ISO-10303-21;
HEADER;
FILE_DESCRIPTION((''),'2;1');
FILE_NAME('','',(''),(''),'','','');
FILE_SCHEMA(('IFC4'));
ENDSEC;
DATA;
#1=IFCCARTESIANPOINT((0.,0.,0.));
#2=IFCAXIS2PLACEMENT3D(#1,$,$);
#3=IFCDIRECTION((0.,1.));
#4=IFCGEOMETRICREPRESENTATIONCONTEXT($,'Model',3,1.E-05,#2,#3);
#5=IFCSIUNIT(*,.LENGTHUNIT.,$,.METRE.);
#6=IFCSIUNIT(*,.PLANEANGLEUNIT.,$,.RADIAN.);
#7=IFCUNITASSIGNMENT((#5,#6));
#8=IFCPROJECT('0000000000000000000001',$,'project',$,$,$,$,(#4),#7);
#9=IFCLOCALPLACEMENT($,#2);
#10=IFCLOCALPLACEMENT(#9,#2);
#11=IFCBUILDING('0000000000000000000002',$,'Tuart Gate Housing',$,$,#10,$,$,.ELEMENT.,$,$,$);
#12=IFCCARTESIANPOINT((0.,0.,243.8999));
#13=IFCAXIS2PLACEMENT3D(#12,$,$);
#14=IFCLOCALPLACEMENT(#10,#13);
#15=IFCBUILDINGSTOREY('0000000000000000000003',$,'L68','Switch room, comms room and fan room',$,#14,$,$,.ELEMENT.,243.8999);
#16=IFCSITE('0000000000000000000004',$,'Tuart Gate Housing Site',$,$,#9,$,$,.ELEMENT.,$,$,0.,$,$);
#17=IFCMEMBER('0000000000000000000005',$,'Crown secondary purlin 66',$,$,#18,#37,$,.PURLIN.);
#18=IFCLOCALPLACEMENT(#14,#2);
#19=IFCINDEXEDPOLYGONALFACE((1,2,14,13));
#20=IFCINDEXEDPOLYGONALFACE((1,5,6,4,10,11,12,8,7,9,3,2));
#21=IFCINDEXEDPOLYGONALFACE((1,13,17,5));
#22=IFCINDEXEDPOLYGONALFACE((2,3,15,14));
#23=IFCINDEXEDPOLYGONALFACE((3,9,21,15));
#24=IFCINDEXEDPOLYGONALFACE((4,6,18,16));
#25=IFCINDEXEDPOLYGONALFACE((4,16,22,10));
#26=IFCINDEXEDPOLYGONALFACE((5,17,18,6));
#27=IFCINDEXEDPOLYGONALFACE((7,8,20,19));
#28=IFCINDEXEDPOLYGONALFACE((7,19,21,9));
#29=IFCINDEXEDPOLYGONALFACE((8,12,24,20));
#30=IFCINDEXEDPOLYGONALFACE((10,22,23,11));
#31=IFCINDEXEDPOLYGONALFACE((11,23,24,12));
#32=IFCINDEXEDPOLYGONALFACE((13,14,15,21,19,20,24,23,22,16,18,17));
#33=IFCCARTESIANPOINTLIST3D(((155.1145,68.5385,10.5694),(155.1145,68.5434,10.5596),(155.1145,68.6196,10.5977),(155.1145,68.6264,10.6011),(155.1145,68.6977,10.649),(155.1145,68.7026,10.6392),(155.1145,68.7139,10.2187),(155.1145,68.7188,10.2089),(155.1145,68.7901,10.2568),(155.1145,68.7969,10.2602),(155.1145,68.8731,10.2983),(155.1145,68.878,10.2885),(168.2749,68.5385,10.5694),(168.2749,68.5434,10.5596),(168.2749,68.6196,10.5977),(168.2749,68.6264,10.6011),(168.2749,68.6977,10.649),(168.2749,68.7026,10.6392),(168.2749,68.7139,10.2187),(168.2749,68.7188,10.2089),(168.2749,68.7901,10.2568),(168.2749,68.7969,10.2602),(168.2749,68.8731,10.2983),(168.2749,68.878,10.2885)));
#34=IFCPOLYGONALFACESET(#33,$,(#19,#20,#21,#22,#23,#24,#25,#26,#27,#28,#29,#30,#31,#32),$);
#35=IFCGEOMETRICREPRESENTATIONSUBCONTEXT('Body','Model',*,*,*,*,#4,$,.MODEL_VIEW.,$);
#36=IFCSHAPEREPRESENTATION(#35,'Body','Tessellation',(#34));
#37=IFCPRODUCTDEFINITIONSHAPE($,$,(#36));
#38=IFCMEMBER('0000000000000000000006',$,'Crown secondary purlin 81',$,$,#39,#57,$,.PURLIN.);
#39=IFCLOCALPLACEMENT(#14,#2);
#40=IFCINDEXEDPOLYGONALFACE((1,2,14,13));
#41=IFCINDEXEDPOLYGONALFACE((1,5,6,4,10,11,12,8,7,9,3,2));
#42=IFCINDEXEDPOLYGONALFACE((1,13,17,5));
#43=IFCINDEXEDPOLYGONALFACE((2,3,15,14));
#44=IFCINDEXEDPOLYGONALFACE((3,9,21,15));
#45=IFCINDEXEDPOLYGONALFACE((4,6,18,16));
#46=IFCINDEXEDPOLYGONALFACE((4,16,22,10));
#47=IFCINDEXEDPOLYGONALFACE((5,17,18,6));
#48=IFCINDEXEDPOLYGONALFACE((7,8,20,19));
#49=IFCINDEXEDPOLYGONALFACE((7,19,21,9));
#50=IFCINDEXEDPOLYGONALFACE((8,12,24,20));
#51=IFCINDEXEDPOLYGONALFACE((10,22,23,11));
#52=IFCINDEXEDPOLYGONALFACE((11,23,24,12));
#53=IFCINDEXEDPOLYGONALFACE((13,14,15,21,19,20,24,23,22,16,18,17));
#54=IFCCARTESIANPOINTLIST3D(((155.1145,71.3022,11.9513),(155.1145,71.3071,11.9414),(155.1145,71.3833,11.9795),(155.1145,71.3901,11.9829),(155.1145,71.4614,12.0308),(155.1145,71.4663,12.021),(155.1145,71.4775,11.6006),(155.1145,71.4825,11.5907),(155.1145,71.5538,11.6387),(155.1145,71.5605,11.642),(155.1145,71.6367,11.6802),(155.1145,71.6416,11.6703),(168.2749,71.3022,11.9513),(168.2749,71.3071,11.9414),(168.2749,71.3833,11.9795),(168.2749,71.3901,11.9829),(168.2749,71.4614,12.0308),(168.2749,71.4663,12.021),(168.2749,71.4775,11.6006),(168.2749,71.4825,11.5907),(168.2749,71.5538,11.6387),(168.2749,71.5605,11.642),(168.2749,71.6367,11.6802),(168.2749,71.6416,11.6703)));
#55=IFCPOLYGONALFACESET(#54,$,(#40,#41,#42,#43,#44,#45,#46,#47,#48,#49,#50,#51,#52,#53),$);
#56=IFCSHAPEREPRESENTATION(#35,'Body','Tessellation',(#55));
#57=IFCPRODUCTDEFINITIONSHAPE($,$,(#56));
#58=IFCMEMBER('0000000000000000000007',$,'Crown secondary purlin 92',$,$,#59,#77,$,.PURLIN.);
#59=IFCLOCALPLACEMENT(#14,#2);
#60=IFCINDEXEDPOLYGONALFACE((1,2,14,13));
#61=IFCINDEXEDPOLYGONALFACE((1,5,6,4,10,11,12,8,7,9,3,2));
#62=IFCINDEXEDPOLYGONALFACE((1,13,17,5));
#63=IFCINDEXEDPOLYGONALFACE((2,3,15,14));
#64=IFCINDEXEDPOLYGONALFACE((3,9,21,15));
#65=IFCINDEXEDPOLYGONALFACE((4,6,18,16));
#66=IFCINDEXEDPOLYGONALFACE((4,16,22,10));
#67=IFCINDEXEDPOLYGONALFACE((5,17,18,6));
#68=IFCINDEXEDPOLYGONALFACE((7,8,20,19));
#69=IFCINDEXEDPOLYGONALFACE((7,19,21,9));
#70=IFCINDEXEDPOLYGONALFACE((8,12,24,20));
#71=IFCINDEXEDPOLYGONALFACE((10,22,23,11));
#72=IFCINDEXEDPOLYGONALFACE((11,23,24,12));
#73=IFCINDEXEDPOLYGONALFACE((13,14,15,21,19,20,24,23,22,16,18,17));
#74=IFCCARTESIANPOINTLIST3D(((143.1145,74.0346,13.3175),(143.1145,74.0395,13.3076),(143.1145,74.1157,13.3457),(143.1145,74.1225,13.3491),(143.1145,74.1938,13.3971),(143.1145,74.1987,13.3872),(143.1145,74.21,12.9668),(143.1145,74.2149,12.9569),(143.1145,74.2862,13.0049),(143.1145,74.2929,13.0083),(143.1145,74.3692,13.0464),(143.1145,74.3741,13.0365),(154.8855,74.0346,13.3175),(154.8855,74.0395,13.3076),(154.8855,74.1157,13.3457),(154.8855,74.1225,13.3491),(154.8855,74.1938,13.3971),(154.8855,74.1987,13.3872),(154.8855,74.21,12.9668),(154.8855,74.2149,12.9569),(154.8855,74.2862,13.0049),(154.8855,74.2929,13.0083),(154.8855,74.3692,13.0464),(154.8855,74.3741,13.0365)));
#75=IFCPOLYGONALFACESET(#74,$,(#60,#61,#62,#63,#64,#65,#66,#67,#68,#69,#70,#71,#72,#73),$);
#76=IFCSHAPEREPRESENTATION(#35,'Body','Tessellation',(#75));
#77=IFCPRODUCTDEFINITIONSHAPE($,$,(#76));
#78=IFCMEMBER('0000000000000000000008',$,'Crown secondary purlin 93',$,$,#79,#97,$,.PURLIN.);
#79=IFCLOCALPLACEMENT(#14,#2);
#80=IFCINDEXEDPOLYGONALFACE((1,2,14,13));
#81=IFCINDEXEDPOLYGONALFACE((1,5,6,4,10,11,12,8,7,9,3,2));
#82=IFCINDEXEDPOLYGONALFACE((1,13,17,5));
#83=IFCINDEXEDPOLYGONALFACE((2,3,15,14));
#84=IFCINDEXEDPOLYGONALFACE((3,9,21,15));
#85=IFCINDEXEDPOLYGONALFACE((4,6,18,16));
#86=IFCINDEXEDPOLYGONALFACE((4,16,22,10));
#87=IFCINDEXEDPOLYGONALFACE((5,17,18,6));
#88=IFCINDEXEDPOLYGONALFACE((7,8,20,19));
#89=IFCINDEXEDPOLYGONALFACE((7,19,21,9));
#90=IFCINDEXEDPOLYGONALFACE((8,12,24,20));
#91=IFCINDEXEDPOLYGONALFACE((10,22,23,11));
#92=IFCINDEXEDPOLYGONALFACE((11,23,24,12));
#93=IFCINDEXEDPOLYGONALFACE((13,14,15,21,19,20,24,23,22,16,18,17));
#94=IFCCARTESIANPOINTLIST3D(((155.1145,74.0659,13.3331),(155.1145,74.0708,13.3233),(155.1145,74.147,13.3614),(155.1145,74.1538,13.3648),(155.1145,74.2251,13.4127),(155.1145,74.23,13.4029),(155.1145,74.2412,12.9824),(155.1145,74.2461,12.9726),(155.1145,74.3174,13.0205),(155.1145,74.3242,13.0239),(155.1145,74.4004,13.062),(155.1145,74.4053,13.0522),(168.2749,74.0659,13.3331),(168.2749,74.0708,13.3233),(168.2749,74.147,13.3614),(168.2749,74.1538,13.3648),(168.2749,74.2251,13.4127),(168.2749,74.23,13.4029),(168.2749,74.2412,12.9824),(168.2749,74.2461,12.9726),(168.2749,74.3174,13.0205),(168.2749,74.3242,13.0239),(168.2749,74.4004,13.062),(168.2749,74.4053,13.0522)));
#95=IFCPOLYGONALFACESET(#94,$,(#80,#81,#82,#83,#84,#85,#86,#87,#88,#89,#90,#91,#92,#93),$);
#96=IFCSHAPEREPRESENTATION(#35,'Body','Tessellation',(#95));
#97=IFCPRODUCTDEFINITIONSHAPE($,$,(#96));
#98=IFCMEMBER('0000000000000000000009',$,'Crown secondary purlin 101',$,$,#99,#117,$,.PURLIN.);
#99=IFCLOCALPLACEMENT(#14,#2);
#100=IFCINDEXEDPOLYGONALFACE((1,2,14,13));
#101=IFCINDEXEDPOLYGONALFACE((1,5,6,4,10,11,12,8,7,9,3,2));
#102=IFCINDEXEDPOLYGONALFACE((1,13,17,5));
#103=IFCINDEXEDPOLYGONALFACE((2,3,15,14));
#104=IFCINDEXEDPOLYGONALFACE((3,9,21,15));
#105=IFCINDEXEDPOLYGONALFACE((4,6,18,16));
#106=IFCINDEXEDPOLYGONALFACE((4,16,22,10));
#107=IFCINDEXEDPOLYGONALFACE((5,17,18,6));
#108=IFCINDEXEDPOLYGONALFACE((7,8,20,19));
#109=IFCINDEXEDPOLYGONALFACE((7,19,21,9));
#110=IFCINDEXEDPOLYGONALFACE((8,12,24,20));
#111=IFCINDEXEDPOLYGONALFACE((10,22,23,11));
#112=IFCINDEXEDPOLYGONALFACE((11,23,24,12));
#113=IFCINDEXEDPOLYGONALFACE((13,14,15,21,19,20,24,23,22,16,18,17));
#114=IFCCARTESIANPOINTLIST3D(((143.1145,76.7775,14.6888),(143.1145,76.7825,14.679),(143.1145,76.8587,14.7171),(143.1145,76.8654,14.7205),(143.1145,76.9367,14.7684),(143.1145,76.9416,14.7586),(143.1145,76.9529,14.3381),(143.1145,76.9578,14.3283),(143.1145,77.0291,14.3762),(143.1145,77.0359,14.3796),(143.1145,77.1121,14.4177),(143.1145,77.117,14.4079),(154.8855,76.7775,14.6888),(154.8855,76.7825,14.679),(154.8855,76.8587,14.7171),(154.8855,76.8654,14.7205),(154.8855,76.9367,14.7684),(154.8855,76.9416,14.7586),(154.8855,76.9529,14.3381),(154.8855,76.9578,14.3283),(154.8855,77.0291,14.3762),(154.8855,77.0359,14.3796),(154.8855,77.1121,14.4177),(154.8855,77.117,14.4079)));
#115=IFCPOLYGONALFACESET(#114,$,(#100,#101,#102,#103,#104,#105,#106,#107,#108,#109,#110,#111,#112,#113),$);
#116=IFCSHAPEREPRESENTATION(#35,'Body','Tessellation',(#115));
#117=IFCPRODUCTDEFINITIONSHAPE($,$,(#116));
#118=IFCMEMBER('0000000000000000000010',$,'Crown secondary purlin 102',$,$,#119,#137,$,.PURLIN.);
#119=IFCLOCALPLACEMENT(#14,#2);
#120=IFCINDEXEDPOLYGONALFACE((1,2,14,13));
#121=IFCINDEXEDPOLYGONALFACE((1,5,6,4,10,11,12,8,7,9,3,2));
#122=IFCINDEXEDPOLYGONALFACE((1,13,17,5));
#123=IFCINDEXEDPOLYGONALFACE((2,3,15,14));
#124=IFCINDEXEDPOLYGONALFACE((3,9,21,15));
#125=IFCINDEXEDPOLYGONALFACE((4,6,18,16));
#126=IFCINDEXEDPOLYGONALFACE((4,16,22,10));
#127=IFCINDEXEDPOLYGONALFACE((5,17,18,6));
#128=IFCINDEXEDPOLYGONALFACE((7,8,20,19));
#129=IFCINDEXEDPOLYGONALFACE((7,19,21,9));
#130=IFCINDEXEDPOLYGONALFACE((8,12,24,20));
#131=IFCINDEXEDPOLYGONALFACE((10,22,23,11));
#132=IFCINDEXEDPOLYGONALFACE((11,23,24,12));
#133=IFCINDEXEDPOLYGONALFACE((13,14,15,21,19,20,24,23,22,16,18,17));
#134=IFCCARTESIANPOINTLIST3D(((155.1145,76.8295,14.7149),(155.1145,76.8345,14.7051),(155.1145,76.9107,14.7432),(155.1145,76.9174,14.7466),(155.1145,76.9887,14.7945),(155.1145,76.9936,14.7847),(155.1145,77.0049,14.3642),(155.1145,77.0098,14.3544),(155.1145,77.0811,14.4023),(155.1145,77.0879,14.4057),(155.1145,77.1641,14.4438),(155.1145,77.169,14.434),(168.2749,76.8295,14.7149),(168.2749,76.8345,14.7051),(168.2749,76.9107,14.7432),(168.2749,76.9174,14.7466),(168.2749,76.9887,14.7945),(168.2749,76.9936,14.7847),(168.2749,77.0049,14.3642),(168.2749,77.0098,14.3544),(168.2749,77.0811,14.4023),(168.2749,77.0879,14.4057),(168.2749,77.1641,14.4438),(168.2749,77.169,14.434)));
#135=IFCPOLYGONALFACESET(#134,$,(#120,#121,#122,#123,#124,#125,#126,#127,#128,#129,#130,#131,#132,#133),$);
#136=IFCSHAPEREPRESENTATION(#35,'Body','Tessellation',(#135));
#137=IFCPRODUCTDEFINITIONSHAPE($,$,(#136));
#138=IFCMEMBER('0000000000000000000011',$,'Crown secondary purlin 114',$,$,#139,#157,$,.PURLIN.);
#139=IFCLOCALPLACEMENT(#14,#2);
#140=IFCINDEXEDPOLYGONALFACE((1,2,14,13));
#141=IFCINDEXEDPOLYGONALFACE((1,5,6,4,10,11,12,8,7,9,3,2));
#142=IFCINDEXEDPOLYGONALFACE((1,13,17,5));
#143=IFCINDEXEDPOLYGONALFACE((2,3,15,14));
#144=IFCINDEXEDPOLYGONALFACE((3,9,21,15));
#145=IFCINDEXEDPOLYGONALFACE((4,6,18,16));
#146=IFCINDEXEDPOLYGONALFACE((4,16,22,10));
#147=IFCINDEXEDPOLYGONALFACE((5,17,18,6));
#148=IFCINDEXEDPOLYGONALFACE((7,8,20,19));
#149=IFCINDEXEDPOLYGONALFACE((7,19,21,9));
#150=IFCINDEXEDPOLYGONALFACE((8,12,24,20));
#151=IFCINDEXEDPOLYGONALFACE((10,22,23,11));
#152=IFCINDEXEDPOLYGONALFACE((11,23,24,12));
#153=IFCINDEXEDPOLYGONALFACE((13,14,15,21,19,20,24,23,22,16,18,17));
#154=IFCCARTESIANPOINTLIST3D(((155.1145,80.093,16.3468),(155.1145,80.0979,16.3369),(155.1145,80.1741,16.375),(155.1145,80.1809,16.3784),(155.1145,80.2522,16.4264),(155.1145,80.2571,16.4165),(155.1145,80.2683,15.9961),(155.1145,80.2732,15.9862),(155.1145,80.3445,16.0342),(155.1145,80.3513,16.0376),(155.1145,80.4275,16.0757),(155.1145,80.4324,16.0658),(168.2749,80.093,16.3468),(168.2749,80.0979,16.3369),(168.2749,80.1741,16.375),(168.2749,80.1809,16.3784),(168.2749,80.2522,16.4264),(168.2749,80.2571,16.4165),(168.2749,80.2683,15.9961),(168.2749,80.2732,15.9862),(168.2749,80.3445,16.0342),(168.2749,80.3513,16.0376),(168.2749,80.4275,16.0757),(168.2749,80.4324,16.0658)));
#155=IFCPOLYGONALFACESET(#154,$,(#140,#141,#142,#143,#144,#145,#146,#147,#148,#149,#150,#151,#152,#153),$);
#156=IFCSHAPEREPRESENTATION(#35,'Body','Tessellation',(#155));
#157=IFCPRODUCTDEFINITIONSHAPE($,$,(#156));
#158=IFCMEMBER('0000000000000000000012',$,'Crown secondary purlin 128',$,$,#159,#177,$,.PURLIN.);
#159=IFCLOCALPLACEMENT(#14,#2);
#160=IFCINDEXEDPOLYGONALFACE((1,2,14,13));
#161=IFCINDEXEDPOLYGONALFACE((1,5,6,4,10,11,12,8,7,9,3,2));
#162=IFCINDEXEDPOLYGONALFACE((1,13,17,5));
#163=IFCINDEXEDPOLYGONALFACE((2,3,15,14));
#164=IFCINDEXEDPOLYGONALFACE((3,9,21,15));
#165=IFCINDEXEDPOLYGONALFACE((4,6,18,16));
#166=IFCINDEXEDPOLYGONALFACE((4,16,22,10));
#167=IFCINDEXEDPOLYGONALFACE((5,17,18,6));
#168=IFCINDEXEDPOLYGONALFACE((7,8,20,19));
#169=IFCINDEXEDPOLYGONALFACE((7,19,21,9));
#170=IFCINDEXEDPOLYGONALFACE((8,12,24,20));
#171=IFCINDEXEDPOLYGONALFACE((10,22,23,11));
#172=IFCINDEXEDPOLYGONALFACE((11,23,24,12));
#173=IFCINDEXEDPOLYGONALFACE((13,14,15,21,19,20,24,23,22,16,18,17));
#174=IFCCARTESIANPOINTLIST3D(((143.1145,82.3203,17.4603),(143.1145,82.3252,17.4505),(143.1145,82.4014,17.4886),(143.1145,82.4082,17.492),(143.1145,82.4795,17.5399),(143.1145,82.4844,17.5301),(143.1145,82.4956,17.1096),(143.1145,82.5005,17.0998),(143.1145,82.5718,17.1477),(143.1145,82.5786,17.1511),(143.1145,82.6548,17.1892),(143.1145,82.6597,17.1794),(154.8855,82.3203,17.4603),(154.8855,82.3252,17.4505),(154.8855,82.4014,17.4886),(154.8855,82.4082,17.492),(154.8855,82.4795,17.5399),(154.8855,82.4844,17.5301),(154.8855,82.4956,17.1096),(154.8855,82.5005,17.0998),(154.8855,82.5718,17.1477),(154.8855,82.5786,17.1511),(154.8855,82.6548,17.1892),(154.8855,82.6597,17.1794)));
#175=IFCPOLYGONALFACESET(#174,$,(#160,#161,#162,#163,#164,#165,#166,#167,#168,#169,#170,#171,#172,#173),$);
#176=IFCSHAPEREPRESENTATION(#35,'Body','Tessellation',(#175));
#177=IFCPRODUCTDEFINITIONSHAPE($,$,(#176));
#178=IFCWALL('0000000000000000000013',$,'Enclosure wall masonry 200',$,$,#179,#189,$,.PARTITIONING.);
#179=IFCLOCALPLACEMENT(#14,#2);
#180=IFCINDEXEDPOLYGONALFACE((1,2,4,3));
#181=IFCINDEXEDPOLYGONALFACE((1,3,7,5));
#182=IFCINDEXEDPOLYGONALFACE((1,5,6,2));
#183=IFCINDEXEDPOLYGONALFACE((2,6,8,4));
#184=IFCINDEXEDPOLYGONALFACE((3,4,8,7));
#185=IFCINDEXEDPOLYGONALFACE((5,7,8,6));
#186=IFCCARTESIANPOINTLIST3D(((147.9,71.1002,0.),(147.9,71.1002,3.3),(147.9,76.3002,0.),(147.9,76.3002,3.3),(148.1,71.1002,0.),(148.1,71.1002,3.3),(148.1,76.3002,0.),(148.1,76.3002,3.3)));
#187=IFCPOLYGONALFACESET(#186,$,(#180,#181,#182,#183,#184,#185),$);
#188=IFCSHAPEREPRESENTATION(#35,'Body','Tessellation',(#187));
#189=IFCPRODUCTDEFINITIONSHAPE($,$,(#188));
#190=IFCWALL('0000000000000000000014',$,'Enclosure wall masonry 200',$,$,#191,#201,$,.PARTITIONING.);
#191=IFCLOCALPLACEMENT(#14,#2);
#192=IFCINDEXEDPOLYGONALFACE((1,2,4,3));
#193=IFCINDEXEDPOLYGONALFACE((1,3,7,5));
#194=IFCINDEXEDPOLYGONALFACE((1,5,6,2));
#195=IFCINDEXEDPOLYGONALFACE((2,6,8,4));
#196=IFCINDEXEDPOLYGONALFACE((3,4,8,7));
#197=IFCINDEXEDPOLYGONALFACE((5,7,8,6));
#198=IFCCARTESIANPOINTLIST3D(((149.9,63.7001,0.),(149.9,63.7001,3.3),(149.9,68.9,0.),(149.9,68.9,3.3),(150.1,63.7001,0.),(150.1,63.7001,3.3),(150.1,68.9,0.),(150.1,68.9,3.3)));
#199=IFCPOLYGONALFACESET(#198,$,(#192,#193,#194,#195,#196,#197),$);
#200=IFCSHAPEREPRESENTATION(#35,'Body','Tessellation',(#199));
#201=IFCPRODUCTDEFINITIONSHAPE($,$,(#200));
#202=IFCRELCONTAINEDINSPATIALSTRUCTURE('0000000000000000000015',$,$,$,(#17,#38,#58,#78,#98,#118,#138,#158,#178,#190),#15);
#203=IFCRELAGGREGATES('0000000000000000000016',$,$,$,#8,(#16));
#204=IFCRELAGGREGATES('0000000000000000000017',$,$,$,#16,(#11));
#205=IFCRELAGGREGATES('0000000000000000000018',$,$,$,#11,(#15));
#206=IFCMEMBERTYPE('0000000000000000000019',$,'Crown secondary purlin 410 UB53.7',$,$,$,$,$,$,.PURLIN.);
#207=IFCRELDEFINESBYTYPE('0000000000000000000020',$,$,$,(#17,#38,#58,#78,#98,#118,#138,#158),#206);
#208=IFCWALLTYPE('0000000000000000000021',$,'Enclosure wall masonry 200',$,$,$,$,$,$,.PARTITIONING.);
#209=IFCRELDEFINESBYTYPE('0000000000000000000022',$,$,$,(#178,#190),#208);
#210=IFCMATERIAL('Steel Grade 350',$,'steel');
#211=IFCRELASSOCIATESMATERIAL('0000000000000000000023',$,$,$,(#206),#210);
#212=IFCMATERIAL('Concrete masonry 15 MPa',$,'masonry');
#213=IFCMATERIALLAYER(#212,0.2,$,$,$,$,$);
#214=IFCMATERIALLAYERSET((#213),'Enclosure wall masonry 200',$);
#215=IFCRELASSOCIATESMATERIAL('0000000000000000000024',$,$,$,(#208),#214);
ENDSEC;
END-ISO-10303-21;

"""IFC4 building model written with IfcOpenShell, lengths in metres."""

from ifc_helpers import new_model, si_unit, direction, frame, frame_2d, origin, origin_2d, place, context, subcontext, project, spatial, rectangle, i_section, extrude, material, layer, layer_set, material_profile, profile_set, type_object, element, save


model = new_model("IFC4")

# Units and contexts
model_context = context("Model", 3, precision=1e-05, world=origin(), true_north=direction((0.0, 1.0)))
body_context = subcontext(model_context, "Body", "Model", "MODEL_VIEW")
ifc_project = project(units=[si_unit("LENGTHUNIT", "METRE"), si_unit("PLANEANGLEUNIT", "RADIAN")], contexts=[model_context])

# Site, building, storey
site_placement = place(None, origin())
site = spatial("IfcSite", under=ifc_project, at=site_placement, Name="Tuart Gate Housing Site", CompositionType="ELEMENT", RefElevation=0.0)
building_placement = place(site_placement, origin())
building = spatial("IfcBuilding", under=site, at=building_placement, Name="Tuart Gate Housing", CompositionType="ELEMENT")
storey_placement = place(building_placement, frame((0.0, 0.0, 243.8999)))
storey = spatial("IfcBuildingStorey", under=building, at=storey_placement, Name="L68", Description="Switch room, comms room and fan room", CompositionType="ELEMENT", Elevation=243.8999)

# Members
ifc_material_1 = material(Name="Steel Grade 350", Category="steel")
ifc_material_profile_1 = material_profile(ifc_material_1, i_section(OverallWidth=0.178, OverallDepth=0.4031, WebThickness=0.0076, FlangeThickness=0.011, at=origin_2d()), Name="410UB53.7")
ifc_profile_set_1 = profile_set([ifc_material_profile_1], Name="Steel Grade 350")
member_type_1 = type_object("IfcMemberType", Name="Crown secondary purlin 410 UB53.7", PredefinedType="PURLIN", material=ifc_profile_set_1)
for number, where, z_axis, x_axis, name in (
    (1, (155.1145, 68.7083, 10.429), (1.0, 0.0, 0.0), (0.0, 0.894427, 0.447214), "Crown secondary purlin 66"),
    (2, (155.1145, 71.4719, 11.8108), (1.0, 0.0, 0.0), (0.0, 0.894427, 0.447214), "Crown secondary purlin 81"),
):
    element("IfcMember", number, at=place(storey_placement, frame(where, z_axis=z_axis, x_axis=x_axis)), inside=storey, type_object=member_type_1, Name=name, PredefinedType="PURLIN", context=body_context, shape_type="SweptSolid", body=[
        extrude(i_section(OverallWidth=0.178, OverallDepth=0.4031, WebThickness=0.0076, FlangeThickness=0.011, at=origin_2d()), origin(), (0.0, 0.0, 1.0), 13.1604),
    ])
member_1_placement = place(storey_placement, frame((143.1145, 74.2043, 13.177), z_axis=(1.0, 0.0, 0.0), x_axis=(0.0, 0.894427, 0.447214)))
element("IfcMember", 3, at=member_1_placement, inside=storey, type_object=member_type_1, Name="Crown secondary purlin 92", PredefinedType="PURLIN", context=body_context, shape_type="SweptSolid", body=[
    extrude(i_section(OverallWidth=0.178, OverallDepth=0.4031, WebThickness=0.0076, FlangeThickness=0.011, at=origin_2d()), origin(), (0.0, 0.0, 1.0), 11.771),
])
member_2_placement = place(storey_placement, frame((155.1145, 74.2356, 13.1926), z_axis=(1.0, 0.0, 0.0), x_axis=(0.0, 0.894427, 0.447214)))
element("IfcMember", 4, at=member_2_placement, inside=storey, type_object=member_type_1, Name="Crown secondary purlin 93", PredefinedType="PURLIN", context=body_context, shape_type="SweptSolid", body=[
    extrude(i_section(OverallWidth=0.178, OverallDepth=0.4031, WebThickness=0.0076, FlangeThickness=0.011, at=origin_2d()), origin(), (0.0, 0.0, 1.0), 13.1604),
])
member_3_placement = place(storey_placement, frame((143.1145, 76.9473, 14.5483), z_axis=(1.0, 0.0, 0.0), x_axis=(0.0, 0.894427, 0.447214)))
element("IfcMember", 5, at=member_3_placement, inside=storey, type_object=member_type_1, Name="Crown secondary purlin 101", PredefinedType="PURLIN", context=body_context, shape_type="SweptSolid", body=[
    extrude(i_section(OverallWidth=0.178, OverallDepth=0.4031, WebThickness=0.0076, FlangeThickness=0.011, at=origin_2d()), origin(), (0.0, 0.0, 1.0), 11.771),
])
for number, where, z_axis, x_axis, name in (
    (6, (155.1145, 76.9993, 14.5745), (1.0, 0.0, 0.0), (0.0, 0.894427, 0.447214), "Crown secondary purlin 102"),
    (7, (155.1145, 80.2627, 16.2063), (1.0, 0.0, 0.0), (0.0, 0.894427, 0.447214), "Crown secondary purlin 114"),
):
    element("IfcMember", number, at=place(storey_placement, frame(where, z_axis=z_axis, x_axis=x_axis)), inside=storey, type_object=member_type_1, Name=name, PredefinedType="PURLIN", context=body_context, shape_type="SweptSolid", body=[
        extrude(i_section(OverallWidth=0.178, OverallDepth=0.4031, WebThickness=0.0076, FlangeThickness=0.011, at=origin_2d()), origin(), (0.0, 0.0, 1.0), 13.1604),
    ])
member_4_placement = place(storey_placement, frame((143.1145, 82.49, 17.3198), z_axis=(1.0, 0.0, 0.0), x_axis=(0.0, 0.894427, 0.447214)))
element("IfcMember", 8, at=member_4_placement, inside=storey, type_object=member_type_1, Name="Crown secondary purlin 128", PredefinedType="PURLIN", context=body_context, shape_type="SweptSolid", body=[
    extrude(i_section(OverallWidth=0.178, OverallDepth=0.4031, WebThickness=0.0076, FlangeThickness=0.011, at=origin_2d()), origin(), (0.0, 0.0, 1.0), 11.771),
])

# Walls
ifc_material_2 = material(Name="Concrete masonry 15 MPa", Category="masonry")
ifc_layer = layer(ifc_material_2, 0.2)
ifc_layer_set = layer_set([ifc_layer], Name="Enclosure wall masonry 200")
wall_type = type_object("IfcWallType", Name="Enclosure wall masonry 200", PredefinedType="PARTITIONING", material=ifc_layer_set)
for number, where, z_axis, x_axis, name in (
    (9, (148.0, 71.1001, 0.0), (0.0, 0.0, 1.0), (0.0, 1.0, 0.0), "Enclosure wall masonry 200"),
    (10, (150.0, 63.7, 0.0), (0.0, 0.0, 1.0), (0.0, 1.0, 0.0), "Enclosure wall masonry 200"),
):
    element("IfcWall", number, at=place(storey_placement, frame(where, z_axis=z_axis, x_axis=x_axis)), inside=storey, type_object=wall_type, Name=name, PredefinedType="PARTITIONING", context=body_context, shape_type="SweptSolid", body=[
        extrude(rectangle(XDim=5.2, YDim=0.2, at=frame_2d((2.6001, 0.0))), origin(), (0.0, 0.0, 1.0), 3.3),
    ])

save(model, "model.ifc")
